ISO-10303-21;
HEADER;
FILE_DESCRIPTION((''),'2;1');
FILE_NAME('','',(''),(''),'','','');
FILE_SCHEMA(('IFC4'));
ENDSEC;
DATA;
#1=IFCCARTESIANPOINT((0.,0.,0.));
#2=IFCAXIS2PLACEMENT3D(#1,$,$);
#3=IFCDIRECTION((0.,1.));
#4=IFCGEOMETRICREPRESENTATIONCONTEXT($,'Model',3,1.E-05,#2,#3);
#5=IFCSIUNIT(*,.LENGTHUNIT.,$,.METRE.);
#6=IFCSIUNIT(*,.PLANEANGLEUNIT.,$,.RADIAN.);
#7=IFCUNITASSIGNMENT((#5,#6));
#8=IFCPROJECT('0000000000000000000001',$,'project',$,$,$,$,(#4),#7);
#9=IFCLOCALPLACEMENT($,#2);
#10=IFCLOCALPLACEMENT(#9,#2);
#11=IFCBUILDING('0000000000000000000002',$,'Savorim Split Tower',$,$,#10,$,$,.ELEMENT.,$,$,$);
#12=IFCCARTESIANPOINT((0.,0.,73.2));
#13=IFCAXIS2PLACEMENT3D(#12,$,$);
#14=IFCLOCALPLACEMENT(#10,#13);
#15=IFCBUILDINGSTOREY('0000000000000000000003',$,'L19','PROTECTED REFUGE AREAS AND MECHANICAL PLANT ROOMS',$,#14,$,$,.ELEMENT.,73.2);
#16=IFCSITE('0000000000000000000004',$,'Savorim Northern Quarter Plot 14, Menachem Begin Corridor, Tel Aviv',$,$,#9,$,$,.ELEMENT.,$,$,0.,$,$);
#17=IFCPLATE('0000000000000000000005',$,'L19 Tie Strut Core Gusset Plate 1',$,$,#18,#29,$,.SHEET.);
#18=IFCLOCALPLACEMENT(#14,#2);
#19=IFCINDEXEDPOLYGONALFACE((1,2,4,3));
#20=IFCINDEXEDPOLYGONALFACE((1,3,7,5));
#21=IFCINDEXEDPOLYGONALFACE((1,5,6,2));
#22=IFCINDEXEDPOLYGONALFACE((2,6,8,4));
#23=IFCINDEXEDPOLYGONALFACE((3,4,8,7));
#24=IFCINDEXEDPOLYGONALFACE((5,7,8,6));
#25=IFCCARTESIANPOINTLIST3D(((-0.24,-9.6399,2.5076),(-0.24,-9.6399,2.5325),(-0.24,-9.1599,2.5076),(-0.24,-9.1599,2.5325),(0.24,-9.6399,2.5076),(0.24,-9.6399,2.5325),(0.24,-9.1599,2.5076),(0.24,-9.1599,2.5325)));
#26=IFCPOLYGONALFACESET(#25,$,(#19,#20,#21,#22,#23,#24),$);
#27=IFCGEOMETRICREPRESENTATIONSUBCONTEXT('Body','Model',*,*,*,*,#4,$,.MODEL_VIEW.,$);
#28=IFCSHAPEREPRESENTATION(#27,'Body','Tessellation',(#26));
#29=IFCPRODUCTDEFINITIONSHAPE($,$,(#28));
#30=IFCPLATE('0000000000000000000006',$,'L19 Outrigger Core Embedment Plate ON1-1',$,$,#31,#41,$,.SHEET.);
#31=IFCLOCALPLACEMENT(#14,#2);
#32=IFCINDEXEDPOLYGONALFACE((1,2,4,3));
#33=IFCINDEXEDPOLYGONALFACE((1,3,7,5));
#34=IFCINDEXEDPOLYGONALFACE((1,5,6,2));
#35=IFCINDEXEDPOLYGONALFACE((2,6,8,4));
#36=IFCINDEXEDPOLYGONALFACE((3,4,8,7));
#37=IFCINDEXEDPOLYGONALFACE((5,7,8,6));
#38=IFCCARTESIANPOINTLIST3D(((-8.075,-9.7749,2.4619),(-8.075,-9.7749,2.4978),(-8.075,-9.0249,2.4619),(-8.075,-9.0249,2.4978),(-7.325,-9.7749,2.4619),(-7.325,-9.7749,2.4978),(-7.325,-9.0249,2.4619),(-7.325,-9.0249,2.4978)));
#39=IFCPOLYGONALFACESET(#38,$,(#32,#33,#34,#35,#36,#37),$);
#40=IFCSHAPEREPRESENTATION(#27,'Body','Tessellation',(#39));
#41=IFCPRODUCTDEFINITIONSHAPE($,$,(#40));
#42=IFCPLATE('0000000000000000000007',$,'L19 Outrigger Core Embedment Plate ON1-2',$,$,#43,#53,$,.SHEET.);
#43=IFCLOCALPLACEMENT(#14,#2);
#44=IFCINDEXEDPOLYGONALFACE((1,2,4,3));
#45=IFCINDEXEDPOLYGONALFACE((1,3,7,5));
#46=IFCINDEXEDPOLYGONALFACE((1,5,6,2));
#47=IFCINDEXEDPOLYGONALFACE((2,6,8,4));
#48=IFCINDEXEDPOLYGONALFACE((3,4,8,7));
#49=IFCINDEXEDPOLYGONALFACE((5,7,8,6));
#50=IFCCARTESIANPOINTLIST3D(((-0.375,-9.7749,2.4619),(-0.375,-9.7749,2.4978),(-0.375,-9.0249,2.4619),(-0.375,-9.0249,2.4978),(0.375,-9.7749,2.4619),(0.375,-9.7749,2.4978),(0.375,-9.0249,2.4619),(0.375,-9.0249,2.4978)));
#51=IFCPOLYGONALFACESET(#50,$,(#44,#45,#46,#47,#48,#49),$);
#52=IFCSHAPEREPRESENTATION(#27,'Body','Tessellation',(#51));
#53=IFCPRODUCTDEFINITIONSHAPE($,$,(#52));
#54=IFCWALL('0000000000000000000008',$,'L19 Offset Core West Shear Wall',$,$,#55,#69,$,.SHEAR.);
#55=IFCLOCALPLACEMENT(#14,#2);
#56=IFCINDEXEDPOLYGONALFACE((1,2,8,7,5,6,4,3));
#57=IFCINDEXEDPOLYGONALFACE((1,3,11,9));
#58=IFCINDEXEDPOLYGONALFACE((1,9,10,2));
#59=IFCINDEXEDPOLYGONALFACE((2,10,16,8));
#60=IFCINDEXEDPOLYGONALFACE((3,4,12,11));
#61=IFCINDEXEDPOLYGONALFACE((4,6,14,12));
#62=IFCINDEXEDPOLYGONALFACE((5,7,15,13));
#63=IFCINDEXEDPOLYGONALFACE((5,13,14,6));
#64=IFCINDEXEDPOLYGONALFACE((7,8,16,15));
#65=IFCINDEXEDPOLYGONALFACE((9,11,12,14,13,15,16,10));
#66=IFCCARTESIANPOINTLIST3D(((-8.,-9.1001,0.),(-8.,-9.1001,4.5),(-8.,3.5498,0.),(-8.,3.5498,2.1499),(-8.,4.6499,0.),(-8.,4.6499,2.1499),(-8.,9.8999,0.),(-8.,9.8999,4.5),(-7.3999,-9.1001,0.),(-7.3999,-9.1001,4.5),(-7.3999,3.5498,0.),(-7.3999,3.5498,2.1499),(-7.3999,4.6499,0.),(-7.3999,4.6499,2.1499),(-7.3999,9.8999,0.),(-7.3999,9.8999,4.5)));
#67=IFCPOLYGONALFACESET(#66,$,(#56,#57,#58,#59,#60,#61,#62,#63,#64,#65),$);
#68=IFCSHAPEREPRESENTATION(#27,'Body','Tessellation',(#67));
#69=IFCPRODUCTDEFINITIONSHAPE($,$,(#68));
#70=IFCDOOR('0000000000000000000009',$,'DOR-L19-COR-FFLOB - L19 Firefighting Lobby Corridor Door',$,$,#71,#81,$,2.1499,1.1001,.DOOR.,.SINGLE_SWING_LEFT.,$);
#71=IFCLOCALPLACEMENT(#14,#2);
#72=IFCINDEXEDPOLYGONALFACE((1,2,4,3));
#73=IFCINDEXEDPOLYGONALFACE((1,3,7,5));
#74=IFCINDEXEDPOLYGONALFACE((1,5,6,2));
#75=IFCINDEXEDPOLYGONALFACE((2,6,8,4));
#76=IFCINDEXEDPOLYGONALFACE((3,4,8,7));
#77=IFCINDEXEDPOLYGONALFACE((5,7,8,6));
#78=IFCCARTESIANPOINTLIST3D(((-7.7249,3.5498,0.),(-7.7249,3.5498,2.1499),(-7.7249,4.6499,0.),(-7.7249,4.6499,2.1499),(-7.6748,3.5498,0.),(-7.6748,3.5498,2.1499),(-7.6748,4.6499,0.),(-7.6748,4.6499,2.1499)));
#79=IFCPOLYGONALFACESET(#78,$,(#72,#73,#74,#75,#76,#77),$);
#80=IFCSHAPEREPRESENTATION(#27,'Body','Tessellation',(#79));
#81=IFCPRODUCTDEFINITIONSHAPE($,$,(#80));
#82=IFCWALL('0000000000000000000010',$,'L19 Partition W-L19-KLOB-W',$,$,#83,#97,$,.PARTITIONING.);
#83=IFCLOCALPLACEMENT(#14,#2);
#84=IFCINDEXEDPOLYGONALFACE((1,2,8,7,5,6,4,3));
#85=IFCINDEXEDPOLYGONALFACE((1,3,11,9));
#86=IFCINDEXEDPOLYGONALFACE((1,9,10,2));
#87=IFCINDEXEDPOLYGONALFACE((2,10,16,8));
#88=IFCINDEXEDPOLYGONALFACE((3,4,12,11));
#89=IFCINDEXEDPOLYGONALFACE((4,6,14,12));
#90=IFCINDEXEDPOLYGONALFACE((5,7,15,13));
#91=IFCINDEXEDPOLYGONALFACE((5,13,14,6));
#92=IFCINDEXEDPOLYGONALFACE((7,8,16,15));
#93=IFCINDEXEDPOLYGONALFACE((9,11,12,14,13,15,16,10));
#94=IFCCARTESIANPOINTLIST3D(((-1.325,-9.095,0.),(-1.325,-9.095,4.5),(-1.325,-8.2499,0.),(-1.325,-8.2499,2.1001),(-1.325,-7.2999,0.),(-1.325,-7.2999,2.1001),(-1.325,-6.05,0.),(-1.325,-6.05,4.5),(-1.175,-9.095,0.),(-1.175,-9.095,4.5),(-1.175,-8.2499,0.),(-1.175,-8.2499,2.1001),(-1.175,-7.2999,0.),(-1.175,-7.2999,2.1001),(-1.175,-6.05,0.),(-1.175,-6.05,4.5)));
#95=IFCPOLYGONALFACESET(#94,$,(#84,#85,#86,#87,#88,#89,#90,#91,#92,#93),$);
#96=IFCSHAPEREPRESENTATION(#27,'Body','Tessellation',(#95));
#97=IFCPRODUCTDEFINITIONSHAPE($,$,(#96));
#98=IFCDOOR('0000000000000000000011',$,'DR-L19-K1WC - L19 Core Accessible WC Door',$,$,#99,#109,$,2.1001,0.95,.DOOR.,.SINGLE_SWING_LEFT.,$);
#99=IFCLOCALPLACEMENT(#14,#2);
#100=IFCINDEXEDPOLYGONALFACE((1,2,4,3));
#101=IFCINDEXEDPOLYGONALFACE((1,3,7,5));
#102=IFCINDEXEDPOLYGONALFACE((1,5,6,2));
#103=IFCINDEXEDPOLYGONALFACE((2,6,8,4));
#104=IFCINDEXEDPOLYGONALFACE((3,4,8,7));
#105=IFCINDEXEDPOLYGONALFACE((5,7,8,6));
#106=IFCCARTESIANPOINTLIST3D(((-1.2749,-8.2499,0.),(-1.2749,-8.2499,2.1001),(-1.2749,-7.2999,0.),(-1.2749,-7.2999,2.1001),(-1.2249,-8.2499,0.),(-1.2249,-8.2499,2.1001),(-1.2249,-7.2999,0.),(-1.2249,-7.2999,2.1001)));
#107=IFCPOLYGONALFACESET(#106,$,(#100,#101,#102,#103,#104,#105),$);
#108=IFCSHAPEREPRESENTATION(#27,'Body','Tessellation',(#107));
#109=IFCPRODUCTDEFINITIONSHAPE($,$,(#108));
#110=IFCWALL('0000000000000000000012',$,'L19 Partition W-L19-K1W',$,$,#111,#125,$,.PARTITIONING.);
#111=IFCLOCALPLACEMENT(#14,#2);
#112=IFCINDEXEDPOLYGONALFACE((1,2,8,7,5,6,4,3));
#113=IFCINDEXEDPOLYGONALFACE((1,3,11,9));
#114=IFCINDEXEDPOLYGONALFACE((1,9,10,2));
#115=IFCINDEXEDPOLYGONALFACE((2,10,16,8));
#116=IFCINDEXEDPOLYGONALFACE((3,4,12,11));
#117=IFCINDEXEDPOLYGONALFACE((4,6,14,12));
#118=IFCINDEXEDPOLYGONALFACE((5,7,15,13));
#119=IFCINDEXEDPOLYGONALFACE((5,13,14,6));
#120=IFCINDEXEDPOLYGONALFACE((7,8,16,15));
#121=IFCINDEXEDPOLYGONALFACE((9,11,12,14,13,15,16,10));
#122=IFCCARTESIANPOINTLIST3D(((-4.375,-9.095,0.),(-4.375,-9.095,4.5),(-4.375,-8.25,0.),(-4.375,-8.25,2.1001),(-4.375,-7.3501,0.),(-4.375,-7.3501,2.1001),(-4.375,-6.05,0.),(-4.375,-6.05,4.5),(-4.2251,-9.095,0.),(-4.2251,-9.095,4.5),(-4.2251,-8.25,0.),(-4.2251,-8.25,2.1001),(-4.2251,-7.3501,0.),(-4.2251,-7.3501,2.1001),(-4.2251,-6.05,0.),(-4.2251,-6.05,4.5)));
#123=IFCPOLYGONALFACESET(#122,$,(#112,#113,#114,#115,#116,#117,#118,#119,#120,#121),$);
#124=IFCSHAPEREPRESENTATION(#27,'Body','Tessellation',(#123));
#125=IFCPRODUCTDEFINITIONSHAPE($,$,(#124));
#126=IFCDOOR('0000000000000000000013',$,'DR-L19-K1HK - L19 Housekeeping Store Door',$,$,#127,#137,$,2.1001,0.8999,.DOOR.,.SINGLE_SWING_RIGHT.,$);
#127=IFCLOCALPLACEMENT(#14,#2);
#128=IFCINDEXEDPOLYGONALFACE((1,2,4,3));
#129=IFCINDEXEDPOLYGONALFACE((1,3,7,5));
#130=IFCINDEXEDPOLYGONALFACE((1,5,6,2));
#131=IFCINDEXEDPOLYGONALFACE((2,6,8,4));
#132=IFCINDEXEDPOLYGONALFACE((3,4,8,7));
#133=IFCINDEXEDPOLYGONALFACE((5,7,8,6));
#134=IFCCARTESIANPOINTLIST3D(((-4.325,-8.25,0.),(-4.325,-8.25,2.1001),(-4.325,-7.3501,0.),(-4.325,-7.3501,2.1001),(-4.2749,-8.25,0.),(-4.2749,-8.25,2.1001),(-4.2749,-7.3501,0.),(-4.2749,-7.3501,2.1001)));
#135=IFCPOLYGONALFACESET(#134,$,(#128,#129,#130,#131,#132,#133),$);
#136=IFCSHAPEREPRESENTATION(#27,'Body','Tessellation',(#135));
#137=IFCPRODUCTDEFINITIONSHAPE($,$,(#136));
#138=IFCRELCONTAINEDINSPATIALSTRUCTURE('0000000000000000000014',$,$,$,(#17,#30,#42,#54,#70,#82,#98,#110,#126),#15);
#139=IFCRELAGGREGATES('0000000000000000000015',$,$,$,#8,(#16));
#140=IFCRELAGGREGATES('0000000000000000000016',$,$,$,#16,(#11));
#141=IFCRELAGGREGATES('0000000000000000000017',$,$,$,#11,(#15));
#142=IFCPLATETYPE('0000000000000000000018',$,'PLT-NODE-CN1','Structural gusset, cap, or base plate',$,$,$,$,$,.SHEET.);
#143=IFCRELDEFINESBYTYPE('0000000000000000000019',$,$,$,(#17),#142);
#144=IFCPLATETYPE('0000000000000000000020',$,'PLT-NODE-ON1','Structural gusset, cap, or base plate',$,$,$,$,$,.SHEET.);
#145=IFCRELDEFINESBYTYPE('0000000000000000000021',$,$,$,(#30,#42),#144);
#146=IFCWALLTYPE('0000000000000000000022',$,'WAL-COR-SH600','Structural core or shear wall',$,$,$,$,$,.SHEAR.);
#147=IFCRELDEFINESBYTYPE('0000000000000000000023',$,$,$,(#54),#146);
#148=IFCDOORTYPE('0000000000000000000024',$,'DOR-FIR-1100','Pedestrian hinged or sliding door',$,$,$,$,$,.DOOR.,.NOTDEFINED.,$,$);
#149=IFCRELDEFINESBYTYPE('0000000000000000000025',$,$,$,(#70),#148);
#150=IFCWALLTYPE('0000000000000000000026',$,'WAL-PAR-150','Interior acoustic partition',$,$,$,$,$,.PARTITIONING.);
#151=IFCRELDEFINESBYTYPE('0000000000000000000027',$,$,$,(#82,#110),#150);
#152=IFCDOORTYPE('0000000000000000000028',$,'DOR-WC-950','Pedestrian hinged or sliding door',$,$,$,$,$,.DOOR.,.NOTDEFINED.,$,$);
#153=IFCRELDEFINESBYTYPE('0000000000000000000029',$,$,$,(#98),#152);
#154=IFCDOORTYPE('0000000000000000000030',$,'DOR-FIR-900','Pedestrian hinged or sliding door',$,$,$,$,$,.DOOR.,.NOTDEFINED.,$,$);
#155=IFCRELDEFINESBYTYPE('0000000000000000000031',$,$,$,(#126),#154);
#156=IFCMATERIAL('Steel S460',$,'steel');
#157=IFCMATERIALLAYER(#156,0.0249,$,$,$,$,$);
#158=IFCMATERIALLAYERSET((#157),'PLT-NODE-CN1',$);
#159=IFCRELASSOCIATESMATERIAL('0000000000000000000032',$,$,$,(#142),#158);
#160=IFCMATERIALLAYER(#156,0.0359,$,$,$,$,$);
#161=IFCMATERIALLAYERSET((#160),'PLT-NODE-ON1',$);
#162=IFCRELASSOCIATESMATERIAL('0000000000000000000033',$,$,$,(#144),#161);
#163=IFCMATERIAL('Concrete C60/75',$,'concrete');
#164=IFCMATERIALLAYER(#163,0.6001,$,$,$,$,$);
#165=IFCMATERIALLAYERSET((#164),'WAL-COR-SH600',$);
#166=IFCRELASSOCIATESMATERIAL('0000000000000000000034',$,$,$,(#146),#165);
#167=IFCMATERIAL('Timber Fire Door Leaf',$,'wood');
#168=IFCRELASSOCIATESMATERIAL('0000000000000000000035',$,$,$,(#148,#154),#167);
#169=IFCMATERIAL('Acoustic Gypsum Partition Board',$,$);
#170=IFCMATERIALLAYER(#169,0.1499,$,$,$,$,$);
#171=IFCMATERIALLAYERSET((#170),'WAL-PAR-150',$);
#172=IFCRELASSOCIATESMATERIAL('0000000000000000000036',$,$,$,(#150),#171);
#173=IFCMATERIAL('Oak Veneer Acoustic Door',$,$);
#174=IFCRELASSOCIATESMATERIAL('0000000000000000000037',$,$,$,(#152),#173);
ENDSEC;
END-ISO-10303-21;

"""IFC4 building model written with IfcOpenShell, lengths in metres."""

from ifc_helpers import new_model, si_unit, direction, frame, frame_2d, origin, origin_2d, place, context, subcontext, project, spatial, rectangle, extrude, material, layer, layer_set, type_object, element, fill, save


model = new_model("IFC4")

# Units and contexts
model_context = context("Model", 3, precision=1e-05, world=origin(), true_north=direction((0.0, 1.0)))
body_context = subcontext(model_context, "Body", "Model", "MODEL_VIEW")
ifc_project = project(units=[si_unit("LENGTHUNIT", "METRE"), si_unit("PLANEANGLEUNIT", "RADIAN")], contexts=[model_context])

# Site, building, storey
site_placement = place(None, origin())
site = spatial("IfcSite", under=ifc_project, at=site_placement, Name="Savorim Northern Quarter Plot 14, Menachem Begin Corridor, Tel Aviv", CompositionType="ELEMENT", RefElevation=0.0)
building_placement = place(site_placement, origin())
building = spatial("IfcBuilding", under=site, at=building_placement, Name="Savorim Split Tower", CompositionType="ELEMENT")
storey_placement = place(building_placement, frame((0.0, 0.0, 73.2)))
storey = spatial("IfcBuildingStorey", under=building, at=storey_placement, Name="L19", Description="PROTECTED REFUGE AREAS AND MECHANICAL PLANT ROOMS", CompositionType="ELEMENT", Elevation=73.2)

# Shared definitions
ifc_material_1 = material(Name="Steel S460", Category="steel")

# Plates
ifc_layer_1 = layer(ifc_material_1, 0.0249)
ifc_layer_set_1 = layer_set([ifc_layer_1], Name="PLT-NODE-CN1")
plate_type_1 = type_object("IfcPlateType", Name="PLT-NODE-CN1", Description="Structural gusset, cap, or base plate", PredefinedType="SHEET", material=ifc_layer_set_1)
plate_placement = place(storey_placement, frame((0.0, -9.3999, 2.5076), z_axis=(0.0, 0.0, 1.0), x_axis=(1.0, 0.0, 0.0)))
element("IfcPlate", 1, at=plate_placement, inside=storey, type_object=plate_type_1, Name="L19 Tie Strut Core Gusset Plate 1", PredefinedType="SHEET", context=body_context, shape_type="SweptSolid", body=[
    extrude(rectangle(XDim=0.48, YDim=0.48, at=origin_2d()), origin(), (0.0, 0.0, 1.0), 0.0249),
])
ifc_layer_2 = layer(ifc_material_1, 0.0359)
ifc_layer_set_2 = layer_set([ifc_layer_2], Name="PLT-NODE-ON1")
plate_type_2 = type_object("IfcPlateType", Name="PLT-NODE-ON1", Description="Structural gusset, cap, or base plate", PredefinedType="SHEET", material=ifc_layer_set_2)
for number, where, z_axis, x_axis, name in (
    (2, (-7.7, -9.3999, 2.4619), (0.0, 0.0, 1.0), (1.0, 0.0, 0.0), "L19 Outrigger Core Embedment Plate ON1-1"),
    (3, (0.0, -9.3999, 2.4619), (0.0, 0.0, 1.0), (1.0, 0.0, 0.0), "L19 Outrigger Core Embedment Plate ON1-2"),
):
    element("IfcPlate", number, at=place(storey_placement, frame(where, z_axis=z_axis, x_axis=x_axis)), inside=storey, type_object=plate_type_2, Name=name, PredefinedType="SHEET", context=body_context, shape_type="SweptSolid", body=[
        extrude(rectangle(XDim=0.75, YDim=0.75, at=origin_2d()), origin(), (0.0, 0.0, 1.0), 0.0359),
    ])

# Walls, openings, doors
ifc_material_2 = material(Name="Concrete C60/75", Category="concrete")
ifc_layer_3 = layer(ifc_material_2, 0.6001)
ifc_layer_set_3 = layer_set([ifc_layer_3], Name="WAL-COR-SH600")
wall_type_1 = type_object("IfcWallType", Name="WAL-COR-SH600", Description="Structural core or shear wall", PredefinedType="SHEAR", material=ifc_layer_set_3)
wall_1_placement = place(storey_placement, frame((-7.7, -9.1001, 0.0), z_axis=(0.0, 0.0, 1.0), x_axis=(0.0, 1.0, 0.0)))
wall_1 = element("IfcWall", 4, at=wall_1_placement, inside=storey, type_object=wall_type_1, Name="L19 Offset Core West Shear Wall", PredefinedType="SHEAR", context=body_context, shape_type="SweptSolid", body=[
    extrude(rectangle(XDim=19.0, YDim=0.6001, at=frame_2d((9.5, 0.0))), origin(), (0.0, 0.0, 1.0), 4.5),
])
opening_1_placement = place(wall_1_placement, frame((12.6499, 0.0, 0.0)))
opening_1 = element("IfcOpeningElement", 5, at=opening_1_placement, cuts=wall_1, PredefinedType="OPENING", context=body_context, shape_type="SweptSolid", body=[
    extrude(rectangle(XDim=1.1001, YDim=2.1499, at=frame_2d((0.55, 1.075))), frame((0.0, 0.3101, 0.0), z_axis=(0.0, -1.0, 0.0), x_axis=(1.0, 0.0, 0.0)), (0.0, 0.0, 1.0), 0.6201),
])
ifc_material_3 = material(Name="Timber Fire Door Leaf", Category="wood")
door_type_1 = type_object("IfcDoorType", Name="DOR-FIR-1100", Description="Pedestrian hinged or sliding door", OperationType="NOTDEFINED", PredefinedType="DOOR", material=ifc_material_3)
door_1_placement = place(opening_1_placement, origin())
door_1 = element("IfcDoor", 6, at=door_1_placement, inside=storey, type_object=door_type_1, Name="DOR-L19-COR-FFLOB - L19 Firefighting Lobby Corridor Door", OperationType="SINGLE_SWING_LEFT", OverallHeight=2.1499, OverallWidth=1.1001, PredefinedType="DOOR", context=body_context, shape_type="SweptSolid", body=[
    extrude(rectangle(XDim=1.1001, YDim=2.1499, at=frame_2d((0.55, 1.075))), frame((0.0, 0.0249, 0.0), z_axis=(0.0, -1.0, 0.0), x_axis=(1.0, 0.0, 0.0)), (0.0, 0.0, 1.0), 0.05),
])
fill(opening_1, door_1)
ifc_material_4 = material(Name="Acoustic Gypsum Partition Board")
ifc_layer_4 = layer(ifc_material_4, 0.1499)
ifc_layer_set_4 = layer_set([ifc_layer_4], Name="WAL-PAR-150")
wall_type_2 = type_object("IfcWallType", Name="WAL-PAR-150", Description="Interior acoustic partition", PredefinedType="PARTITIONING", material=ifc_layer_set_4)
wall_2_placement = place(storey_placement, frame((-1.25, -9.095, 0.0), z_axis=(0.0, 0.0, 1.0), x_axis=(0.0, 1.0, 0.0)))
wall_2 = element("IfcWall", 7, at=wall_2_placement, inside=storey, type_object=wall_type_2, Name="L19 Partition W-L19-KLOB-W", PredefinedType="PARTITIONING", context=body_context, shape_type="SweptSolid", body=[
    extrude(rectangle(XDim=3.0449, YDim=0.1499, at=frame_2d((1.5225, 0.0))), origin(), (0.0, 0.0, 1.0), 4.5),
])
opening_2_placement = place(wall_2_placement, frame((0.845, 0.0, 0.0)))
opening_2 = element("IfcOpeningElement", 8, at=opening_2_placement, cuts=wall_2, PredefinedType="OPENING", context=body_context, shape_type="SweptSolid", body=[
    extrude(rectangle(XDim=0.95, YDim=2.1001, at=frame_2d((0.4751, 1.05))), frame((0.0, 0.085, 0.0), z_axis=(0.0, -1.0, 0.0), x_axis=(1.0, 0.0, 0.0)), (0.0, 0.0, 1.0), 0.1699),
])
ifc_material_5 = material(Name="Oak Veneer Acoustic Door")
door_type_2 = type_object("IfcDoorType", Name="DOR-WC-950", Description="Pedestrian hinged or sliding door", OperationType="NOTDEFINED", PredefinedType="DOOR", material=ifc_material_5)
door_2_placement = place(opening_2_placement, origin())
door_2 = element("IfcDoor", 9, at=door_2_placement, inside=storey, type_object=door_type_2, Name="DR-L19-K1WC - L19 Core Accessible WC Door", OperationType="SINGLE_SWING_LEFT", OverallHeight=2.1001, OverallWidth=0.95, PredefinedType="DOOR", context=body_context, shape_type="SweptSolid", body=[
    extrude(rectangle(XDim=0.95, YDim=2.1001, at=frame_2d((0.4751, 1.05))), frame((0.0, 0.0249, 0.0), z_axis=(0.0, -1.0, 0.0), x_axis=(1.0, 0.0, 0.0)), (0.0, 0.0, 1.0), 0.05),
])
fill(opening_2, door_2)
wall_3_placement = place(storey_placement, frame((-4.3, -9.095, 0.0), z_axis=(0.0, 0.0, 1.0), x_axis=(0.0, 1.0, 0.0)))
wall_3 = element("IfcWall", 10, at=wall_3_placement, inside=storey, type_object=wall_type_2, Name="L19 Partition W-L19-K1W", PredefinedType="PARTITIONING", context=body_context, shape_type="SweptSolid", body=[
    extrude(rectangle(XDim=3.0449, YDim=0.1499, at=frame_2d((1.5225, 0.0))), origin(), (0.0, 0.0, 1.0), 4.5),
])
opening_3_placement = place(wall_3_placement, frame((0.845, 0.0, 0.0)))
opening_3 = element("IfcOpeningElement", 11, at=opening_3_placement, cuts=wall_3, PredefinedType="OPENING", context=body_context, shape_type="SweptSolid", body=[
    extrude(rectangle(XDim=0.8999, YDim=2.1001, at=frame_2d((0.45, 1.05))), frame((0.0, 0.085, 0.0), z_axis=(0.0, -1.0, 0.0), x_axis=(1.0, 0.0, 0.0)), (0.0, 0.0, 1.0), 0.1699),
])
door_type_3 = type_object("IfcDoorType", Name="DOR-FIR-900", Description="Pedestrian hinged or sliding door", OperationType="NOTDEFINED", PredefinedType="DOOR", material=ifc_material_3)
door_3_placement = place(opening_3_placement, origin())
door_3 = element("IfcDoor", 12, at=door_3_placement, inside=storey, type_object=door_type_3, Name="DR-L19-K1HK - L19 Housekeeping Store Door", OperationType="SINGLE_SWING_RIGHT", OverallHeight=2.1001, OverallWidth=0.8999, PredefinedType="DOOR", context=body_context, shape_type="SweptSolid", body=[
    extrude(rectangle(XDim=0.8999, YDim=2.1001, at=frame_2d((0.45, 1.05))), frame((0.0, 0.0249, 0.0), z_axis=(0.0, -1.0, 0.0), x_axis=(1.0, 0.0, 0.0)), (0.0, 0.0, 1.0), 0.05),
])
fill(opening_3, door_3)

save(model, "model.ifc")
